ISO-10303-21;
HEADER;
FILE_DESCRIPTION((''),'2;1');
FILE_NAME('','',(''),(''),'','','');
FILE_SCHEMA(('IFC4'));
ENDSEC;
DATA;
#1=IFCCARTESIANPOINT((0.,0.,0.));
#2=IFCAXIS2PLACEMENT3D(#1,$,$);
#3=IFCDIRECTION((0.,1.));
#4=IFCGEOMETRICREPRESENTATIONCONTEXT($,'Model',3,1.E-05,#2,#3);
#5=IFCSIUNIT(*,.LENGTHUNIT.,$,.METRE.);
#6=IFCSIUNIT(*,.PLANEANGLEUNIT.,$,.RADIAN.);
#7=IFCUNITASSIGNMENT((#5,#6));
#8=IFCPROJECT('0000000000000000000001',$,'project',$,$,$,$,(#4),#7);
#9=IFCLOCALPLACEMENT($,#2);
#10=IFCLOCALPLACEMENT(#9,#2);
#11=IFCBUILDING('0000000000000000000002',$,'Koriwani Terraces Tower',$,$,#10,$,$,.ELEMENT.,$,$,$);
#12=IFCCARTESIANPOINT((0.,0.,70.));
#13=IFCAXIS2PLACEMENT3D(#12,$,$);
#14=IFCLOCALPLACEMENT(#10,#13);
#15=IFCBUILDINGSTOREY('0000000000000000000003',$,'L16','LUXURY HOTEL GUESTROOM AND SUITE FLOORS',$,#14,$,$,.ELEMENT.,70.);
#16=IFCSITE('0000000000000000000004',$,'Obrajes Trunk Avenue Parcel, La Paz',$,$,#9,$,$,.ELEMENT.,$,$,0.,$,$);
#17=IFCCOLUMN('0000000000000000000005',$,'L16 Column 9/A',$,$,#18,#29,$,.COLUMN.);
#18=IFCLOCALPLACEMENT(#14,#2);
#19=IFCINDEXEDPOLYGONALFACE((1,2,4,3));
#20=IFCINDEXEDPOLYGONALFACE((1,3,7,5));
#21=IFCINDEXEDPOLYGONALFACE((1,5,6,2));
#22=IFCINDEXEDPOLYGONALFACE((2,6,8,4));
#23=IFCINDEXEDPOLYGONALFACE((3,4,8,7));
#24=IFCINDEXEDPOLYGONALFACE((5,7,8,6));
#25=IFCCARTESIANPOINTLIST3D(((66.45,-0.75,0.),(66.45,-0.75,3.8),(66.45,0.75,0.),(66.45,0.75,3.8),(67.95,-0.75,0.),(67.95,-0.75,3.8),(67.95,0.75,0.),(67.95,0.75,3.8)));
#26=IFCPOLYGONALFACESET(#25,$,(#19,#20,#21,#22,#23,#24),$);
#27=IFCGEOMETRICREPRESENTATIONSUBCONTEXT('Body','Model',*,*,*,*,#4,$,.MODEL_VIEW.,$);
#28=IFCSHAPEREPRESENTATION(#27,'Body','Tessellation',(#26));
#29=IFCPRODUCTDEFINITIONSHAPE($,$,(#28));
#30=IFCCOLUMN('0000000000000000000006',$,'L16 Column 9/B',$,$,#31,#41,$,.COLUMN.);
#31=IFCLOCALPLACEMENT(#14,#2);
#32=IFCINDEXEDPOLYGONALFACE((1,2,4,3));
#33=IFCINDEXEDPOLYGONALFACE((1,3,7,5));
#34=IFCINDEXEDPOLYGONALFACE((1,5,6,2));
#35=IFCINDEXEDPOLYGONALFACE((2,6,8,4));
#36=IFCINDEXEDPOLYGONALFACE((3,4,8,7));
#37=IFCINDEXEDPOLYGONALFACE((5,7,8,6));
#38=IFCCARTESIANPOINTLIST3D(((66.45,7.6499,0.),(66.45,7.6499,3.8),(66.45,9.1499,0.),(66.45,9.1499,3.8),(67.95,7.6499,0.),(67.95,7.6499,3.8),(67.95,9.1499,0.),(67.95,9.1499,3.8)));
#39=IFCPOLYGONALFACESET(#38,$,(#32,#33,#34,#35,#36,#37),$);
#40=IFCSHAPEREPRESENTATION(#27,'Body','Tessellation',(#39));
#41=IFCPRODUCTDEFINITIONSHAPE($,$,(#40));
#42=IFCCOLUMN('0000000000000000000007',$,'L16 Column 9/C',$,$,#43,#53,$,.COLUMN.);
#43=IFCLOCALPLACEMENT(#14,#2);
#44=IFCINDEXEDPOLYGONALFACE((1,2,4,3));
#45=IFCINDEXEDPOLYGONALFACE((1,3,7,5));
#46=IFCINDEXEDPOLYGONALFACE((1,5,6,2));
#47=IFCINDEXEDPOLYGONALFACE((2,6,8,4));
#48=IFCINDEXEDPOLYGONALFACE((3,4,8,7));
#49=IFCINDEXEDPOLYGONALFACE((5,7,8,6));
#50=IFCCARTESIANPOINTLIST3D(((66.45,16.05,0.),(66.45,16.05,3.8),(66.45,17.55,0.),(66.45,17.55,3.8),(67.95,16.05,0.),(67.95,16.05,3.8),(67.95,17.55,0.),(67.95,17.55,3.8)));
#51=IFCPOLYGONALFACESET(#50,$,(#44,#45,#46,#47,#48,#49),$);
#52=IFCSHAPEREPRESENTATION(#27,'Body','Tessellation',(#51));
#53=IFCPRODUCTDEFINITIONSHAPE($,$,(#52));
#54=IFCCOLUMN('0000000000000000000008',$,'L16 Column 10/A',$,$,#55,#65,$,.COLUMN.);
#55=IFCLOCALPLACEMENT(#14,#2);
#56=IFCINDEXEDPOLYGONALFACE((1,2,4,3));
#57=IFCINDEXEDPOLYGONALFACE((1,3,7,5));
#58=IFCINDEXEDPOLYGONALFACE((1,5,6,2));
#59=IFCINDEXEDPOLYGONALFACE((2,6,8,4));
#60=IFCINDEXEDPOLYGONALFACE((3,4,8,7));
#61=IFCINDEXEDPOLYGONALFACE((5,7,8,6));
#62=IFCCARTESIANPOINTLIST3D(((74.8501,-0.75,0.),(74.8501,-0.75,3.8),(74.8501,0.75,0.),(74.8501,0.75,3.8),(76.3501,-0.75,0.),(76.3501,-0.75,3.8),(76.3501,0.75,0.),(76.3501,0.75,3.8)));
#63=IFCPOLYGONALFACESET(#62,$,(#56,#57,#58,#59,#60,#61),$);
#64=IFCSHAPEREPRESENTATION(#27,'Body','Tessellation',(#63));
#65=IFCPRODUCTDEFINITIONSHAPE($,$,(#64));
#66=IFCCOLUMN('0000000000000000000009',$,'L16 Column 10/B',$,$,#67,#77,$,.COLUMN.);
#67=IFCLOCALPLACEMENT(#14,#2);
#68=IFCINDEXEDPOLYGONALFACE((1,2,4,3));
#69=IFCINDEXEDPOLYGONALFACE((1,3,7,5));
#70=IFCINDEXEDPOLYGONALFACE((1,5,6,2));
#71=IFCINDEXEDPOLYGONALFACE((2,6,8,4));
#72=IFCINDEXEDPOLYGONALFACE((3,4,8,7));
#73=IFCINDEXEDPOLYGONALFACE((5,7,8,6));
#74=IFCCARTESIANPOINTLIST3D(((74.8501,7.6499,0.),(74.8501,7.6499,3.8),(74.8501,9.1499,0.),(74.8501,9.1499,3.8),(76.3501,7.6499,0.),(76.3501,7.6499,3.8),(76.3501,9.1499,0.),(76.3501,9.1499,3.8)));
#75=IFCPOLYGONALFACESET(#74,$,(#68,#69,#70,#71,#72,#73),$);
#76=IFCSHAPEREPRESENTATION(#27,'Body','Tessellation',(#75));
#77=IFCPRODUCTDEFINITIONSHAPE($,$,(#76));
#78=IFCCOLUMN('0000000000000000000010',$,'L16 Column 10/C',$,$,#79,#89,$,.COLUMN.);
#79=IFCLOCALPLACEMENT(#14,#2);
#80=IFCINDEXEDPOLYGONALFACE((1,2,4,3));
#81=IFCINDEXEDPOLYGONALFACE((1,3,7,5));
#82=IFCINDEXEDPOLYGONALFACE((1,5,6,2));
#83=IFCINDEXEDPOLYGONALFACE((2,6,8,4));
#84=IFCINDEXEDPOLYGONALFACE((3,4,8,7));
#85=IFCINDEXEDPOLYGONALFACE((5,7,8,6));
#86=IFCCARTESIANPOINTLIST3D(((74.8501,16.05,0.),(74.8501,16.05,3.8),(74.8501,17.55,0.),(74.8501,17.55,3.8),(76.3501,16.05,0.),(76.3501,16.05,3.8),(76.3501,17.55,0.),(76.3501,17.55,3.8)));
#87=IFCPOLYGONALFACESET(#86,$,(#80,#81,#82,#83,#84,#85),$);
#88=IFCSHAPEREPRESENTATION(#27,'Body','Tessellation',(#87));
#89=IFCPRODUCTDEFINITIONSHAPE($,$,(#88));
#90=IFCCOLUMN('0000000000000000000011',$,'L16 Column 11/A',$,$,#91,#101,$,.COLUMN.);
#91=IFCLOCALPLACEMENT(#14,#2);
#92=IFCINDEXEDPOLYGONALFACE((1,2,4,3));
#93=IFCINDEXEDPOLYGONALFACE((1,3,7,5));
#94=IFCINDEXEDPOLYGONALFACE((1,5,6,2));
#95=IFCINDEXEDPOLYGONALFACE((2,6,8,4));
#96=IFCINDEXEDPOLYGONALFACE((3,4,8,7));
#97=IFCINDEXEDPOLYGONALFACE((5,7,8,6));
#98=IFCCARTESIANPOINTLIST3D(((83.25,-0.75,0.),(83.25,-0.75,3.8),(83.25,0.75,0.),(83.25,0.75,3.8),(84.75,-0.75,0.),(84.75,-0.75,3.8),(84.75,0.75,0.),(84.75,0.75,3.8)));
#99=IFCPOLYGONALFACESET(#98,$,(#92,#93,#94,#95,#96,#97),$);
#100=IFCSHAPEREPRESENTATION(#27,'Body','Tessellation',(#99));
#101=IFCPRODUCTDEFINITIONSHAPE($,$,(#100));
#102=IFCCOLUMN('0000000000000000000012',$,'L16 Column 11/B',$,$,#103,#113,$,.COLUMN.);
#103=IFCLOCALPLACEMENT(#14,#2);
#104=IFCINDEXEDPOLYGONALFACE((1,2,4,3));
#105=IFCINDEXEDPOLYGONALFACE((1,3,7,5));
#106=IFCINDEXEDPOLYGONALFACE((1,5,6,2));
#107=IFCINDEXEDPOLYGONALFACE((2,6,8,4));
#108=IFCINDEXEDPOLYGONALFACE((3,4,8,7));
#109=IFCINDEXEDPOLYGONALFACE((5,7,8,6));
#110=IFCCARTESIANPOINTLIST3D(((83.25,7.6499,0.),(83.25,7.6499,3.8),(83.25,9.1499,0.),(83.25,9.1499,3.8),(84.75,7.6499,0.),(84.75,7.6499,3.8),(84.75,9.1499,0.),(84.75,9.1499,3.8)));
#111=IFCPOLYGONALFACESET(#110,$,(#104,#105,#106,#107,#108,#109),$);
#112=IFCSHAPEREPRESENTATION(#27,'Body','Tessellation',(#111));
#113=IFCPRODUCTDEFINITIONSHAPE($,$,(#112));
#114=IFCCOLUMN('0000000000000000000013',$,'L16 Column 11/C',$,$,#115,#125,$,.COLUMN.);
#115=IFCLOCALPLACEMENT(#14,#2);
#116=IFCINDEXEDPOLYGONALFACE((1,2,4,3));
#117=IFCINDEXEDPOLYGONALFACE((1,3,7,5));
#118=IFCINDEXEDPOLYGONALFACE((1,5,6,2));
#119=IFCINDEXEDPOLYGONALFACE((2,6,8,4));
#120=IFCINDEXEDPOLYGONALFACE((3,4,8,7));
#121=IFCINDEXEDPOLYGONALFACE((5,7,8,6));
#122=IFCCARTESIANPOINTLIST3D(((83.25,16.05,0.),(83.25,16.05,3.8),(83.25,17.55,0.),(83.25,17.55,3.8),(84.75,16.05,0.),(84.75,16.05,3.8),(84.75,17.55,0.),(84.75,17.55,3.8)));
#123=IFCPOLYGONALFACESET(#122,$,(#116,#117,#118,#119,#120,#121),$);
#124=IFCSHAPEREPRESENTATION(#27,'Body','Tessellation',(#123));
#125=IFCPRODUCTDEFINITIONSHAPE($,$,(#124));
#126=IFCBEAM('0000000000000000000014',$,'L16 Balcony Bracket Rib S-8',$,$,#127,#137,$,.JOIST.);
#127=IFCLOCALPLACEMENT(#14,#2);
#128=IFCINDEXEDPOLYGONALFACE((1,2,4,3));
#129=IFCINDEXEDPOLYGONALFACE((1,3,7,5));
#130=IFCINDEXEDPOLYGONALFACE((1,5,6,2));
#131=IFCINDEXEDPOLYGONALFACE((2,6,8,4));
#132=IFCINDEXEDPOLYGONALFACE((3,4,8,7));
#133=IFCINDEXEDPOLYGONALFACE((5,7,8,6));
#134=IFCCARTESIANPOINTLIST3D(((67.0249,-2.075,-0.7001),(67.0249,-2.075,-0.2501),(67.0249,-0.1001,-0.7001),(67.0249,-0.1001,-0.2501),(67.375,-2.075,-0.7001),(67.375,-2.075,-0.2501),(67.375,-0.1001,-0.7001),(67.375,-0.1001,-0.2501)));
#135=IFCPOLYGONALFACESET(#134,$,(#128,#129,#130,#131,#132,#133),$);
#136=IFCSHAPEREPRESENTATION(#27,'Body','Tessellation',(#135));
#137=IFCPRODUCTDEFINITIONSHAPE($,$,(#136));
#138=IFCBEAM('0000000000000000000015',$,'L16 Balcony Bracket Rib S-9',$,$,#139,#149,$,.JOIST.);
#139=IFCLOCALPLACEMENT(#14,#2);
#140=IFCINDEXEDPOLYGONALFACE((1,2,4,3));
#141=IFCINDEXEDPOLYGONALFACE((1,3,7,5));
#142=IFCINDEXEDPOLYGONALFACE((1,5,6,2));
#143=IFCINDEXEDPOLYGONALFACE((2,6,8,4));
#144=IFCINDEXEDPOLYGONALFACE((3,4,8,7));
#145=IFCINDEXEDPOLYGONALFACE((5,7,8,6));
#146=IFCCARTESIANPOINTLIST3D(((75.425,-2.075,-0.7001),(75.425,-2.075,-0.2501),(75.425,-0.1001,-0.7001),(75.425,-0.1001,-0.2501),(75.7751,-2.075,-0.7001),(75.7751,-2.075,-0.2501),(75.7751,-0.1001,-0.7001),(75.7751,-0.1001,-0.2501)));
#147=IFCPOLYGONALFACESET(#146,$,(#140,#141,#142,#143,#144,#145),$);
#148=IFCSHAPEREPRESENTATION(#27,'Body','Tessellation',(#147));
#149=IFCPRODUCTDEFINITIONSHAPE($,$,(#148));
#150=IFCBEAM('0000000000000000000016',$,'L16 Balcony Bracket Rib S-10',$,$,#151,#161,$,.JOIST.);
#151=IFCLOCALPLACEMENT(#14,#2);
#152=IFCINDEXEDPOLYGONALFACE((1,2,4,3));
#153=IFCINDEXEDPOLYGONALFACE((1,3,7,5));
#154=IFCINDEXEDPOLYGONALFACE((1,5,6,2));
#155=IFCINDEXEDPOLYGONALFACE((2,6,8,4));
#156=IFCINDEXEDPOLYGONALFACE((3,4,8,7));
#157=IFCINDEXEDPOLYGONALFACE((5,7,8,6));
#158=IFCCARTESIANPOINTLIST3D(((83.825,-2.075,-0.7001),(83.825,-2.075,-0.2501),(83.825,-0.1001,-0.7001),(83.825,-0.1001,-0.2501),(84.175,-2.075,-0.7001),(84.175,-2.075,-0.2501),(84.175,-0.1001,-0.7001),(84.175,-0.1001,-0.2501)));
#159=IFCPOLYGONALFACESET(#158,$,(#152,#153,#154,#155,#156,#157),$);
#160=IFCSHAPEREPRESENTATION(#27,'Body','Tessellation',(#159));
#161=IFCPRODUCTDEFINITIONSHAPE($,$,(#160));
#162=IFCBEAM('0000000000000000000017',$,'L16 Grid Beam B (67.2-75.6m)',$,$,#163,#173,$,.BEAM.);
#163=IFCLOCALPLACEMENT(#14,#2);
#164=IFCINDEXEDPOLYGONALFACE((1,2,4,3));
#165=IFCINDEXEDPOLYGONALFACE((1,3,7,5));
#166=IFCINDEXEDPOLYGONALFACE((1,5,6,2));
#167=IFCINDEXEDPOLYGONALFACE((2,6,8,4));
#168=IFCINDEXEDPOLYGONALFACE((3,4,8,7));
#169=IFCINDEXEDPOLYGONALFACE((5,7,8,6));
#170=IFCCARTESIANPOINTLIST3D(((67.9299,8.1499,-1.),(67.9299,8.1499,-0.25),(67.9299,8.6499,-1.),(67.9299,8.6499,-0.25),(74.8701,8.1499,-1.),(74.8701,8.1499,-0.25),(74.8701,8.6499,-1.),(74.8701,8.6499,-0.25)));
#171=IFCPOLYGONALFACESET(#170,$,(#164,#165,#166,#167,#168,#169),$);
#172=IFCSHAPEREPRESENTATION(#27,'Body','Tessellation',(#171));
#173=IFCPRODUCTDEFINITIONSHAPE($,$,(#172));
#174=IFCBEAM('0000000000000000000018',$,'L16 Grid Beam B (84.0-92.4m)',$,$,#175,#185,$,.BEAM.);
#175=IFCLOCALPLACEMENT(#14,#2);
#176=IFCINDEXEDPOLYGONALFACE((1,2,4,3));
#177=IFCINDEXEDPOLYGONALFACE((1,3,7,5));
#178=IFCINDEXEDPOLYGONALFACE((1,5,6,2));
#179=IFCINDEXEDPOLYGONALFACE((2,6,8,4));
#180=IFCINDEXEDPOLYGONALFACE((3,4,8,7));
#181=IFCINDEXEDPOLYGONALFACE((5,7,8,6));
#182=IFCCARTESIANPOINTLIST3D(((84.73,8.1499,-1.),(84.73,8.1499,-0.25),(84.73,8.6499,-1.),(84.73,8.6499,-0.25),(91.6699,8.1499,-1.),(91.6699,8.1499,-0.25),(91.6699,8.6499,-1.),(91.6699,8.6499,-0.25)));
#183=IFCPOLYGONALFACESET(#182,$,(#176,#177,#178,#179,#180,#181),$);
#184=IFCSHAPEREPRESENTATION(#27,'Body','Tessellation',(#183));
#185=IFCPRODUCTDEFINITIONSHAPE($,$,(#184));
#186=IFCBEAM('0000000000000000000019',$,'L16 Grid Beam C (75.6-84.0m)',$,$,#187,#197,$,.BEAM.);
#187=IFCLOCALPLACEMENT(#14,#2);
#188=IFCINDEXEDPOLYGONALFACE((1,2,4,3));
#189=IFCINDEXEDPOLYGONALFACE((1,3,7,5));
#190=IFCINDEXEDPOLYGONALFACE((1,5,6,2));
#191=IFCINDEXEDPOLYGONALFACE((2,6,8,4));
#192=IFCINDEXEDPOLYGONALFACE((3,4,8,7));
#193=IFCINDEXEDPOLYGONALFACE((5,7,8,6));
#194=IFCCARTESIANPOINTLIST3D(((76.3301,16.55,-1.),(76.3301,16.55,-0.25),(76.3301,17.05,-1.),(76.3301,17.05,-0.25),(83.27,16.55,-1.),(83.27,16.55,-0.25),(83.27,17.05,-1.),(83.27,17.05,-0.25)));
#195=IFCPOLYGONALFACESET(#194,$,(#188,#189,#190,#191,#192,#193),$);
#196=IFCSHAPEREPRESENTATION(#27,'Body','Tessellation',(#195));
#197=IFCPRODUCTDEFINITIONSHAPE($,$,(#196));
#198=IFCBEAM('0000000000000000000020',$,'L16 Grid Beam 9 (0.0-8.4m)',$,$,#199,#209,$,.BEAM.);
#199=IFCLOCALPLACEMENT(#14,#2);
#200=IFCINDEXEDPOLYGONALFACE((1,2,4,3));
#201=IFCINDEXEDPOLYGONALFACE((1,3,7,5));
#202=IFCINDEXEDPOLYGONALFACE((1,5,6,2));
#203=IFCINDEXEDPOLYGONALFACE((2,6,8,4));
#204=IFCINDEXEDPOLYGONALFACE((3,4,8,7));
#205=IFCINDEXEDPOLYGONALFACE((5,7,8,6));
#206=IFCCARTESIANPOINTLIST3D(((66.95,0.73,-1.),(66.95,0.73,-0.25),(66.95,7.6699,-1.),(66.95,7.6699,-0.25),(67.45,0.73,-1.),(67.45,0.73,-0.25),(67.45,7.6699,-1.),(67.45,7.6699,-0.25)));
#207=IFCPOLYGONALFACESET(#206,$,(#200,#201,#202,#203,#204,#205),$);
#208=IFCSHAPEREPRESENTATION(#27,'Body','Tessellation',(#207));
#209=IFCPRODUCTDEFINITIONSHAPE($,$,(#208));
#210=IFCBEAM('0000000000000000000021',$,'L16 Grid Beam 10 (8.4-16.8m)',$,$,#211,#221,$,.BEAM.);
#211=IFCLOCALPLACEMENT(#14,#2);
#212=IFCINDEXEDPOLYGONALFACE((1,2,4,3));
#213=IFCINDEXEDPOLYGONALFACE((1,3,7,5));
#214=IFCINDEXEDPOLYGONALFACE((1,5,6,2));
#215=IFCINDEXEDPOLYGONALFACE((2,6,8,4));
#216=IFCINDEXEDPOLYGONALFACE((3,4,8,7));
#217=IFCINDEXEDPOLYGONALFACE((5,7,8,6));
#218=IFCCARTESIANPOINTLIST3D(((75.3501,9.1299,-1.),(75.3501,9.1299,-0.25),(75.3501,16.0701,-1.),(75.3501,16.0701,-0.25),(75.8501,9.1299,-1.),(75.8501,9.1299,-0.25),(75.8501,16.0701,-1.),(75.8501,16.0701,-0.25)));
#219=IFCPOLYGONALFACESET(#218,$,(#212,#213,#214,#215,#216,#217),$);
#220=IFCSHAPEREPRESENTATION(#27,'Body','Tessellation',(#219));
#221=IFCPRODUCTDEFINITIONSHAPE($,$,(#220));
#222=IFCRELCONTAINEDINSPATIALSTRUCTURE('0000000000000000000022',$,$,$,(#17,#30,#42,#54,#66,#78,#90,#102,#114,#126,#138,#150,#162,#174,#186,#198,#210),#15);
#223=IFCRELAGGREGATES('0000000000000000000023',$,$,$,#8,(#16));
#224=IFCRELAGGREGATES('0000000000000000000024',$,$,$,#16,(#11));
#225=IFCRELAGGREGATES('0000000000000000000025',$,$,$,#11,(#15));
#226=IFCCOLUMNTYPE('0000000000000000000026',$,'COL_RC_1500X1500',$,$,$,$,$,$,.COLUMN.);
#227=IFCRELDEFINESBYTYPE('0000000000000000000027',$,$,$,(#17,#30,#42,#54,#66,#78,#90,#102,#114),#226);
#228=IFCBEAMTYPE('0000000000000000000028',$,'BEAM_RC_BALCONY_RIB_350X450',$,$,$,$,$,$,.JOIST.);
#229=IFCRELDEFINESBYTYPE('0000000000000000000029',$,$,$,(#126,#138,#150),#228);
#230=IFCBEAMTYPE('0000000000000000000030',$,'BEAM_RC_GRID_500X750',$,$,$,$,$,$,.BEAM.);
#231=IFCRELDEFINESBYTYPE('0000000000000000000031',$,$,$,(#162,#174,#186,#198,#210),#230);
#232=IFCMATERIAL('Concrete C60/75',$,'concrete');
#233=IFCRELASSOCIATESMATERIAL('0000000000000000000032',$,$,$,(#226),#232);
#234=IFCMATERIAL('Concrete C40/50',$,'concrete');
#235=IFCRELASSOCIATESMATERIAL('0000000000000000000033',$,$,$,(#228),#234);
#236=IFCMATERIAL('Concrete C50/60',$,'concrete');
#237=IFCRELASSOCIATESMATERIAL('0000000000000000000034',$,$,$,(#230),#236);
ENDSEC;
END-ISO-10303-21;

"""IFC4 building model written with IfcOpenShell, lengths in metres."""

from ifc_helpers import new_model, si_unit, direction, frame, origin, origin_2d, place, context, subcontext, project, spatial, rectangle, extrude, material, material_profile, profile_set, type_object, element, save


model = new_model("IFC4")

# Units and contexts
model_context = context("Model", 3, precision=1e-05, world=origin(), true_north=direction((0.0, 1.0)))
body_context = subcontext(model_context, "Body", "Model", "MODEL_VIEW")
ifc_project = project(units=[si_unit("LENGTHUNIT", "METRE"), si_unit("PLANEANGLEUNIT", "RADIAN")], contexts=[model_context])

# Site, building, storey
site_placement = place(None, origin())
site = spatial("IfcSite", under=ifc_project, at=site_placement, Name="Obrajes Trunk Avenue Parcel, La Paz", CompositionType="ELEMENT", RefElevation=0.0)
building_placement = place(site_placement, origin())
building = spatial("IfcBuilding", under=site, at=building_placement, Name="Koriwani Terraces Tower", CompositionType="ELEMENT")
storey_placement = place(building_placement, frame((0.0, 0.0, 70.0)))
storey = spatial("IfcBuildingStorey", under=building, at=storey_placement, Name="L16", Description="LUXURY HOTEL GUESTROOM AND SUITE FLOORS", CompositionType="ELEMENT", Elevation=70.0)

# Columns
ifc_material_1 = material(Name="Concrete C60/75", Category="concrete")
ifc_material_profile_1 = material_profile(ifc_material_1, rectangle(XDim=1.5, YDim=1.5, at=origin_2d()), Name="Concrete C60/75", Category="LoadBearing")
ifc_profile_set_1 = profile_set([ifc_material_profile_1], Name="Concrete C60/75")
column_type = type_object("IfcColumnType", Name="COL_RC_1500X1500", PredefinedType="COLUMN", material=ifc_profile_set_1)
for number, where, z_axis, x_axis, name in (
    (1, (67.2, 0.0, 0.0), (0.0, 0.0, 1.0), (1.0, 0.0, 0.0), "L16 Column 9/A"),
    (2, (67.2, 8.3999, 0.0), (0.0, 0.0, 1.0), (1.0, 0.0, 0.0), "L16 Column 9/B"),
    (3, (67.2, 16.8, 0.0), (0.0, 0.0, 1.0), (1.0, 0.0, 0.0), "L16 Column 9/C"),
    (4, (75.6001, 0.0, 0.0), (0.0, 0.0, 1.0), (1.0, 0.0, 0.0), "L16 Column 10/A"),
    (5, (75.6001, 8.3999, 0.0), (0.0, 0.0, 1.0), (1.0, 0.0, 0.0), "L16 Column 10/B"),
    (6, (75.6001, 16.8, 0.0), (0.0, 0.0, 1.0), (1.0, 0.0, 0.0), "L16 Column 10/C"),
    (7, (84.0, 0.0, 0.0), (0.0, 0.0, 1.0), (1.0, 0.0, 0.0), "L16 Column 11/A"),
    (8, (84.0, 8.3999, 0.0), (0.0, 0.0, 1.0), (1.0, 0.0, 0.0), "L16 Column 11/B"),
    (9, (84.0, 16.8, 0.0), (0.0, 0.0, 1.0), (1.0, 0.0, 0.0), "L16 Column 11/C"),
):
    element("IfcColumn", number, at=place(storey_placement, frame(where, z_axis=z_axis, x_axis=x_axis)), inside=storey, type_object=column_type, Name=name, PredefinedType="COLUMN", context=body_context, shape_type="SweptSolid", body=[
        extrude(rectangle(XDim=1.5, YDim=1.5, at=origin_2d()), origin(), (0.0, 0.0, 1.0), 3.8),
    ])

# Beams
ifc_material_2 = material(Name="Concrete C40/50", Category="concrete")
ifc_material_profile_2 = material_profile(ifc_material_2, rectangle(XDim=0.3501, YDim=0.45, at=origin_2d()), Name="Concrete C40/50", Category="LoadBearing")
ifc_profile_set_2 = profile_set([ifc_material_profile_2], Name="Concrete C40/50")
beam_type_1 = type_object("IfcBeamType", Name="BEAM_RC_BALCONY_RIB_350X450", PredefinedType="JOIST", material=ifc_profile_set_2)
for number, where, z_axis, x_axis, name in (
    (10, (67.2, -2.075, -0.4751), (0.0, 1.0, 0.0), (-1.0, 0.0, 0.0), "L16 Balcony Bracket Rib S-8"),
    (11, (75.6001, -2.075, -0.4751), (0.0, 1.0, 0.0), (-1.0, 0.0, 0.0), "L16 Balcony Bracket Rib S-9"),
    (12, (84.0, -2.075, -0.4751), (0.0, 1.0, 0.0), (-1.0, 0.0, 0.0), "L16 Balcony Bracket Rib S-10"),
):
    element("IfcBeam", number, at=place(storey_placement, frame(where, z_axis=z_axis, x_axis=x_axis)), inside=storey, type_object=beam_type_1, Name=name, PredefinedType="JOIST", context=body_context, shape_type="SweptSolid", body=[
        extrude(rectangle(XDim=0.3501, YDim=0.45, at=origin_2d()), origin(), (0.0, 0.0, 1.0), 1.9749),
    ])
ifc_material_3 = material(Name="Concrete C50/60", Category="concrete")
ifc_material_profile_3 = material_profile(ifc_material_3, rectangle(XDim=0.5, YDim=0.75, at=origin_2d()), Name="Concrete C50/60", Category="LoadBearing")
ifc_profile_set_3 = profile_set([ifc_material_profile_3], Name="Concrete C50/60")
beam_type_2 = type_object("IfcBeamType", Name="BEAM_RC_GRID_500X750", PredefinedType="BEAM", material=ifc_profile_set_3)
beam_1_placement = place(storey_placement, frame((67.9299, 8.3999, -0.625), z_axis=(1.0, 0.0, 0.0), x_axis=(0.0, 1.0, 0.0)))
element("IfcBeam", 13, at=beam_1_placement, inside=storey, type_object=beam_type_2, Name="L16 Grid Beam B (67.2-75.6m)", PredefinedType="BEAM", context=body_context, shape_type="SweptSolid", body=[
    extrude(rectangle(XDim=0.5, YDim=0.75, at=origin_2d()), origin(), (0.0, 0.0, 1.0), 6.9402),
])
for number, where, z_axis, x_axis, name in (
    (14, (84.73, 8.3999, -0.625), (1.0, 0.0, 0.0), (0.0, 1.0, 0.0), "L16 Grid Beam B (84.0-92.4m)"),
    (15, (76.3301, 16.8, -0.625), (1.0, 0.0, 0.0), (0.0, 1.0, 0.0), "L16 Grid Beam C (75.6-84.0m)"),
    (16, (67.2, 0.73, -0.625), (0.0, 1.0, 0.0), (-1.0, 0.0, 0.0), "L16 Grid Beam 9 (0.0-8.4m)"),
):
    element("IfcBeam", number, at=place(storey_placement, frame(where, z_axis=z_axis, x_axis=x_axis)), inside=storey, type_object=beam_type_2, Name=name, PredefinedType="BEAM", context=body_context, shape_type="SweptSolid", body=[
        extrude(rectangle(XDim=0.5, YDim=0.75, at=origin_2d()), origin(), (0.0, 0.0, 1.0), 6.9399),
    ])
beam_2_placement = place(storey_placement, frame((75.6001, 9.1299, -0.625), z_axis=(0.0, 1.0, 0.0), x_axis=(-1.0, 0.0, 0.0)))
element("IfcBeam", 17, at=beam_2_placement, inside=storey, type_object=beam_type_2, Name="L16 Grid Beam 10 (8.4-16.8m)", PredefinedType="BEAM", context=body_context, shape_type="SweptSolid", body=[
    extrude(rectangle(XDim=0.5, YDim=0.75, at=origin_2d()), origin(), (0.0, 0.0, 1.0), 6.9402),
])

save(model, "model.ifc")
